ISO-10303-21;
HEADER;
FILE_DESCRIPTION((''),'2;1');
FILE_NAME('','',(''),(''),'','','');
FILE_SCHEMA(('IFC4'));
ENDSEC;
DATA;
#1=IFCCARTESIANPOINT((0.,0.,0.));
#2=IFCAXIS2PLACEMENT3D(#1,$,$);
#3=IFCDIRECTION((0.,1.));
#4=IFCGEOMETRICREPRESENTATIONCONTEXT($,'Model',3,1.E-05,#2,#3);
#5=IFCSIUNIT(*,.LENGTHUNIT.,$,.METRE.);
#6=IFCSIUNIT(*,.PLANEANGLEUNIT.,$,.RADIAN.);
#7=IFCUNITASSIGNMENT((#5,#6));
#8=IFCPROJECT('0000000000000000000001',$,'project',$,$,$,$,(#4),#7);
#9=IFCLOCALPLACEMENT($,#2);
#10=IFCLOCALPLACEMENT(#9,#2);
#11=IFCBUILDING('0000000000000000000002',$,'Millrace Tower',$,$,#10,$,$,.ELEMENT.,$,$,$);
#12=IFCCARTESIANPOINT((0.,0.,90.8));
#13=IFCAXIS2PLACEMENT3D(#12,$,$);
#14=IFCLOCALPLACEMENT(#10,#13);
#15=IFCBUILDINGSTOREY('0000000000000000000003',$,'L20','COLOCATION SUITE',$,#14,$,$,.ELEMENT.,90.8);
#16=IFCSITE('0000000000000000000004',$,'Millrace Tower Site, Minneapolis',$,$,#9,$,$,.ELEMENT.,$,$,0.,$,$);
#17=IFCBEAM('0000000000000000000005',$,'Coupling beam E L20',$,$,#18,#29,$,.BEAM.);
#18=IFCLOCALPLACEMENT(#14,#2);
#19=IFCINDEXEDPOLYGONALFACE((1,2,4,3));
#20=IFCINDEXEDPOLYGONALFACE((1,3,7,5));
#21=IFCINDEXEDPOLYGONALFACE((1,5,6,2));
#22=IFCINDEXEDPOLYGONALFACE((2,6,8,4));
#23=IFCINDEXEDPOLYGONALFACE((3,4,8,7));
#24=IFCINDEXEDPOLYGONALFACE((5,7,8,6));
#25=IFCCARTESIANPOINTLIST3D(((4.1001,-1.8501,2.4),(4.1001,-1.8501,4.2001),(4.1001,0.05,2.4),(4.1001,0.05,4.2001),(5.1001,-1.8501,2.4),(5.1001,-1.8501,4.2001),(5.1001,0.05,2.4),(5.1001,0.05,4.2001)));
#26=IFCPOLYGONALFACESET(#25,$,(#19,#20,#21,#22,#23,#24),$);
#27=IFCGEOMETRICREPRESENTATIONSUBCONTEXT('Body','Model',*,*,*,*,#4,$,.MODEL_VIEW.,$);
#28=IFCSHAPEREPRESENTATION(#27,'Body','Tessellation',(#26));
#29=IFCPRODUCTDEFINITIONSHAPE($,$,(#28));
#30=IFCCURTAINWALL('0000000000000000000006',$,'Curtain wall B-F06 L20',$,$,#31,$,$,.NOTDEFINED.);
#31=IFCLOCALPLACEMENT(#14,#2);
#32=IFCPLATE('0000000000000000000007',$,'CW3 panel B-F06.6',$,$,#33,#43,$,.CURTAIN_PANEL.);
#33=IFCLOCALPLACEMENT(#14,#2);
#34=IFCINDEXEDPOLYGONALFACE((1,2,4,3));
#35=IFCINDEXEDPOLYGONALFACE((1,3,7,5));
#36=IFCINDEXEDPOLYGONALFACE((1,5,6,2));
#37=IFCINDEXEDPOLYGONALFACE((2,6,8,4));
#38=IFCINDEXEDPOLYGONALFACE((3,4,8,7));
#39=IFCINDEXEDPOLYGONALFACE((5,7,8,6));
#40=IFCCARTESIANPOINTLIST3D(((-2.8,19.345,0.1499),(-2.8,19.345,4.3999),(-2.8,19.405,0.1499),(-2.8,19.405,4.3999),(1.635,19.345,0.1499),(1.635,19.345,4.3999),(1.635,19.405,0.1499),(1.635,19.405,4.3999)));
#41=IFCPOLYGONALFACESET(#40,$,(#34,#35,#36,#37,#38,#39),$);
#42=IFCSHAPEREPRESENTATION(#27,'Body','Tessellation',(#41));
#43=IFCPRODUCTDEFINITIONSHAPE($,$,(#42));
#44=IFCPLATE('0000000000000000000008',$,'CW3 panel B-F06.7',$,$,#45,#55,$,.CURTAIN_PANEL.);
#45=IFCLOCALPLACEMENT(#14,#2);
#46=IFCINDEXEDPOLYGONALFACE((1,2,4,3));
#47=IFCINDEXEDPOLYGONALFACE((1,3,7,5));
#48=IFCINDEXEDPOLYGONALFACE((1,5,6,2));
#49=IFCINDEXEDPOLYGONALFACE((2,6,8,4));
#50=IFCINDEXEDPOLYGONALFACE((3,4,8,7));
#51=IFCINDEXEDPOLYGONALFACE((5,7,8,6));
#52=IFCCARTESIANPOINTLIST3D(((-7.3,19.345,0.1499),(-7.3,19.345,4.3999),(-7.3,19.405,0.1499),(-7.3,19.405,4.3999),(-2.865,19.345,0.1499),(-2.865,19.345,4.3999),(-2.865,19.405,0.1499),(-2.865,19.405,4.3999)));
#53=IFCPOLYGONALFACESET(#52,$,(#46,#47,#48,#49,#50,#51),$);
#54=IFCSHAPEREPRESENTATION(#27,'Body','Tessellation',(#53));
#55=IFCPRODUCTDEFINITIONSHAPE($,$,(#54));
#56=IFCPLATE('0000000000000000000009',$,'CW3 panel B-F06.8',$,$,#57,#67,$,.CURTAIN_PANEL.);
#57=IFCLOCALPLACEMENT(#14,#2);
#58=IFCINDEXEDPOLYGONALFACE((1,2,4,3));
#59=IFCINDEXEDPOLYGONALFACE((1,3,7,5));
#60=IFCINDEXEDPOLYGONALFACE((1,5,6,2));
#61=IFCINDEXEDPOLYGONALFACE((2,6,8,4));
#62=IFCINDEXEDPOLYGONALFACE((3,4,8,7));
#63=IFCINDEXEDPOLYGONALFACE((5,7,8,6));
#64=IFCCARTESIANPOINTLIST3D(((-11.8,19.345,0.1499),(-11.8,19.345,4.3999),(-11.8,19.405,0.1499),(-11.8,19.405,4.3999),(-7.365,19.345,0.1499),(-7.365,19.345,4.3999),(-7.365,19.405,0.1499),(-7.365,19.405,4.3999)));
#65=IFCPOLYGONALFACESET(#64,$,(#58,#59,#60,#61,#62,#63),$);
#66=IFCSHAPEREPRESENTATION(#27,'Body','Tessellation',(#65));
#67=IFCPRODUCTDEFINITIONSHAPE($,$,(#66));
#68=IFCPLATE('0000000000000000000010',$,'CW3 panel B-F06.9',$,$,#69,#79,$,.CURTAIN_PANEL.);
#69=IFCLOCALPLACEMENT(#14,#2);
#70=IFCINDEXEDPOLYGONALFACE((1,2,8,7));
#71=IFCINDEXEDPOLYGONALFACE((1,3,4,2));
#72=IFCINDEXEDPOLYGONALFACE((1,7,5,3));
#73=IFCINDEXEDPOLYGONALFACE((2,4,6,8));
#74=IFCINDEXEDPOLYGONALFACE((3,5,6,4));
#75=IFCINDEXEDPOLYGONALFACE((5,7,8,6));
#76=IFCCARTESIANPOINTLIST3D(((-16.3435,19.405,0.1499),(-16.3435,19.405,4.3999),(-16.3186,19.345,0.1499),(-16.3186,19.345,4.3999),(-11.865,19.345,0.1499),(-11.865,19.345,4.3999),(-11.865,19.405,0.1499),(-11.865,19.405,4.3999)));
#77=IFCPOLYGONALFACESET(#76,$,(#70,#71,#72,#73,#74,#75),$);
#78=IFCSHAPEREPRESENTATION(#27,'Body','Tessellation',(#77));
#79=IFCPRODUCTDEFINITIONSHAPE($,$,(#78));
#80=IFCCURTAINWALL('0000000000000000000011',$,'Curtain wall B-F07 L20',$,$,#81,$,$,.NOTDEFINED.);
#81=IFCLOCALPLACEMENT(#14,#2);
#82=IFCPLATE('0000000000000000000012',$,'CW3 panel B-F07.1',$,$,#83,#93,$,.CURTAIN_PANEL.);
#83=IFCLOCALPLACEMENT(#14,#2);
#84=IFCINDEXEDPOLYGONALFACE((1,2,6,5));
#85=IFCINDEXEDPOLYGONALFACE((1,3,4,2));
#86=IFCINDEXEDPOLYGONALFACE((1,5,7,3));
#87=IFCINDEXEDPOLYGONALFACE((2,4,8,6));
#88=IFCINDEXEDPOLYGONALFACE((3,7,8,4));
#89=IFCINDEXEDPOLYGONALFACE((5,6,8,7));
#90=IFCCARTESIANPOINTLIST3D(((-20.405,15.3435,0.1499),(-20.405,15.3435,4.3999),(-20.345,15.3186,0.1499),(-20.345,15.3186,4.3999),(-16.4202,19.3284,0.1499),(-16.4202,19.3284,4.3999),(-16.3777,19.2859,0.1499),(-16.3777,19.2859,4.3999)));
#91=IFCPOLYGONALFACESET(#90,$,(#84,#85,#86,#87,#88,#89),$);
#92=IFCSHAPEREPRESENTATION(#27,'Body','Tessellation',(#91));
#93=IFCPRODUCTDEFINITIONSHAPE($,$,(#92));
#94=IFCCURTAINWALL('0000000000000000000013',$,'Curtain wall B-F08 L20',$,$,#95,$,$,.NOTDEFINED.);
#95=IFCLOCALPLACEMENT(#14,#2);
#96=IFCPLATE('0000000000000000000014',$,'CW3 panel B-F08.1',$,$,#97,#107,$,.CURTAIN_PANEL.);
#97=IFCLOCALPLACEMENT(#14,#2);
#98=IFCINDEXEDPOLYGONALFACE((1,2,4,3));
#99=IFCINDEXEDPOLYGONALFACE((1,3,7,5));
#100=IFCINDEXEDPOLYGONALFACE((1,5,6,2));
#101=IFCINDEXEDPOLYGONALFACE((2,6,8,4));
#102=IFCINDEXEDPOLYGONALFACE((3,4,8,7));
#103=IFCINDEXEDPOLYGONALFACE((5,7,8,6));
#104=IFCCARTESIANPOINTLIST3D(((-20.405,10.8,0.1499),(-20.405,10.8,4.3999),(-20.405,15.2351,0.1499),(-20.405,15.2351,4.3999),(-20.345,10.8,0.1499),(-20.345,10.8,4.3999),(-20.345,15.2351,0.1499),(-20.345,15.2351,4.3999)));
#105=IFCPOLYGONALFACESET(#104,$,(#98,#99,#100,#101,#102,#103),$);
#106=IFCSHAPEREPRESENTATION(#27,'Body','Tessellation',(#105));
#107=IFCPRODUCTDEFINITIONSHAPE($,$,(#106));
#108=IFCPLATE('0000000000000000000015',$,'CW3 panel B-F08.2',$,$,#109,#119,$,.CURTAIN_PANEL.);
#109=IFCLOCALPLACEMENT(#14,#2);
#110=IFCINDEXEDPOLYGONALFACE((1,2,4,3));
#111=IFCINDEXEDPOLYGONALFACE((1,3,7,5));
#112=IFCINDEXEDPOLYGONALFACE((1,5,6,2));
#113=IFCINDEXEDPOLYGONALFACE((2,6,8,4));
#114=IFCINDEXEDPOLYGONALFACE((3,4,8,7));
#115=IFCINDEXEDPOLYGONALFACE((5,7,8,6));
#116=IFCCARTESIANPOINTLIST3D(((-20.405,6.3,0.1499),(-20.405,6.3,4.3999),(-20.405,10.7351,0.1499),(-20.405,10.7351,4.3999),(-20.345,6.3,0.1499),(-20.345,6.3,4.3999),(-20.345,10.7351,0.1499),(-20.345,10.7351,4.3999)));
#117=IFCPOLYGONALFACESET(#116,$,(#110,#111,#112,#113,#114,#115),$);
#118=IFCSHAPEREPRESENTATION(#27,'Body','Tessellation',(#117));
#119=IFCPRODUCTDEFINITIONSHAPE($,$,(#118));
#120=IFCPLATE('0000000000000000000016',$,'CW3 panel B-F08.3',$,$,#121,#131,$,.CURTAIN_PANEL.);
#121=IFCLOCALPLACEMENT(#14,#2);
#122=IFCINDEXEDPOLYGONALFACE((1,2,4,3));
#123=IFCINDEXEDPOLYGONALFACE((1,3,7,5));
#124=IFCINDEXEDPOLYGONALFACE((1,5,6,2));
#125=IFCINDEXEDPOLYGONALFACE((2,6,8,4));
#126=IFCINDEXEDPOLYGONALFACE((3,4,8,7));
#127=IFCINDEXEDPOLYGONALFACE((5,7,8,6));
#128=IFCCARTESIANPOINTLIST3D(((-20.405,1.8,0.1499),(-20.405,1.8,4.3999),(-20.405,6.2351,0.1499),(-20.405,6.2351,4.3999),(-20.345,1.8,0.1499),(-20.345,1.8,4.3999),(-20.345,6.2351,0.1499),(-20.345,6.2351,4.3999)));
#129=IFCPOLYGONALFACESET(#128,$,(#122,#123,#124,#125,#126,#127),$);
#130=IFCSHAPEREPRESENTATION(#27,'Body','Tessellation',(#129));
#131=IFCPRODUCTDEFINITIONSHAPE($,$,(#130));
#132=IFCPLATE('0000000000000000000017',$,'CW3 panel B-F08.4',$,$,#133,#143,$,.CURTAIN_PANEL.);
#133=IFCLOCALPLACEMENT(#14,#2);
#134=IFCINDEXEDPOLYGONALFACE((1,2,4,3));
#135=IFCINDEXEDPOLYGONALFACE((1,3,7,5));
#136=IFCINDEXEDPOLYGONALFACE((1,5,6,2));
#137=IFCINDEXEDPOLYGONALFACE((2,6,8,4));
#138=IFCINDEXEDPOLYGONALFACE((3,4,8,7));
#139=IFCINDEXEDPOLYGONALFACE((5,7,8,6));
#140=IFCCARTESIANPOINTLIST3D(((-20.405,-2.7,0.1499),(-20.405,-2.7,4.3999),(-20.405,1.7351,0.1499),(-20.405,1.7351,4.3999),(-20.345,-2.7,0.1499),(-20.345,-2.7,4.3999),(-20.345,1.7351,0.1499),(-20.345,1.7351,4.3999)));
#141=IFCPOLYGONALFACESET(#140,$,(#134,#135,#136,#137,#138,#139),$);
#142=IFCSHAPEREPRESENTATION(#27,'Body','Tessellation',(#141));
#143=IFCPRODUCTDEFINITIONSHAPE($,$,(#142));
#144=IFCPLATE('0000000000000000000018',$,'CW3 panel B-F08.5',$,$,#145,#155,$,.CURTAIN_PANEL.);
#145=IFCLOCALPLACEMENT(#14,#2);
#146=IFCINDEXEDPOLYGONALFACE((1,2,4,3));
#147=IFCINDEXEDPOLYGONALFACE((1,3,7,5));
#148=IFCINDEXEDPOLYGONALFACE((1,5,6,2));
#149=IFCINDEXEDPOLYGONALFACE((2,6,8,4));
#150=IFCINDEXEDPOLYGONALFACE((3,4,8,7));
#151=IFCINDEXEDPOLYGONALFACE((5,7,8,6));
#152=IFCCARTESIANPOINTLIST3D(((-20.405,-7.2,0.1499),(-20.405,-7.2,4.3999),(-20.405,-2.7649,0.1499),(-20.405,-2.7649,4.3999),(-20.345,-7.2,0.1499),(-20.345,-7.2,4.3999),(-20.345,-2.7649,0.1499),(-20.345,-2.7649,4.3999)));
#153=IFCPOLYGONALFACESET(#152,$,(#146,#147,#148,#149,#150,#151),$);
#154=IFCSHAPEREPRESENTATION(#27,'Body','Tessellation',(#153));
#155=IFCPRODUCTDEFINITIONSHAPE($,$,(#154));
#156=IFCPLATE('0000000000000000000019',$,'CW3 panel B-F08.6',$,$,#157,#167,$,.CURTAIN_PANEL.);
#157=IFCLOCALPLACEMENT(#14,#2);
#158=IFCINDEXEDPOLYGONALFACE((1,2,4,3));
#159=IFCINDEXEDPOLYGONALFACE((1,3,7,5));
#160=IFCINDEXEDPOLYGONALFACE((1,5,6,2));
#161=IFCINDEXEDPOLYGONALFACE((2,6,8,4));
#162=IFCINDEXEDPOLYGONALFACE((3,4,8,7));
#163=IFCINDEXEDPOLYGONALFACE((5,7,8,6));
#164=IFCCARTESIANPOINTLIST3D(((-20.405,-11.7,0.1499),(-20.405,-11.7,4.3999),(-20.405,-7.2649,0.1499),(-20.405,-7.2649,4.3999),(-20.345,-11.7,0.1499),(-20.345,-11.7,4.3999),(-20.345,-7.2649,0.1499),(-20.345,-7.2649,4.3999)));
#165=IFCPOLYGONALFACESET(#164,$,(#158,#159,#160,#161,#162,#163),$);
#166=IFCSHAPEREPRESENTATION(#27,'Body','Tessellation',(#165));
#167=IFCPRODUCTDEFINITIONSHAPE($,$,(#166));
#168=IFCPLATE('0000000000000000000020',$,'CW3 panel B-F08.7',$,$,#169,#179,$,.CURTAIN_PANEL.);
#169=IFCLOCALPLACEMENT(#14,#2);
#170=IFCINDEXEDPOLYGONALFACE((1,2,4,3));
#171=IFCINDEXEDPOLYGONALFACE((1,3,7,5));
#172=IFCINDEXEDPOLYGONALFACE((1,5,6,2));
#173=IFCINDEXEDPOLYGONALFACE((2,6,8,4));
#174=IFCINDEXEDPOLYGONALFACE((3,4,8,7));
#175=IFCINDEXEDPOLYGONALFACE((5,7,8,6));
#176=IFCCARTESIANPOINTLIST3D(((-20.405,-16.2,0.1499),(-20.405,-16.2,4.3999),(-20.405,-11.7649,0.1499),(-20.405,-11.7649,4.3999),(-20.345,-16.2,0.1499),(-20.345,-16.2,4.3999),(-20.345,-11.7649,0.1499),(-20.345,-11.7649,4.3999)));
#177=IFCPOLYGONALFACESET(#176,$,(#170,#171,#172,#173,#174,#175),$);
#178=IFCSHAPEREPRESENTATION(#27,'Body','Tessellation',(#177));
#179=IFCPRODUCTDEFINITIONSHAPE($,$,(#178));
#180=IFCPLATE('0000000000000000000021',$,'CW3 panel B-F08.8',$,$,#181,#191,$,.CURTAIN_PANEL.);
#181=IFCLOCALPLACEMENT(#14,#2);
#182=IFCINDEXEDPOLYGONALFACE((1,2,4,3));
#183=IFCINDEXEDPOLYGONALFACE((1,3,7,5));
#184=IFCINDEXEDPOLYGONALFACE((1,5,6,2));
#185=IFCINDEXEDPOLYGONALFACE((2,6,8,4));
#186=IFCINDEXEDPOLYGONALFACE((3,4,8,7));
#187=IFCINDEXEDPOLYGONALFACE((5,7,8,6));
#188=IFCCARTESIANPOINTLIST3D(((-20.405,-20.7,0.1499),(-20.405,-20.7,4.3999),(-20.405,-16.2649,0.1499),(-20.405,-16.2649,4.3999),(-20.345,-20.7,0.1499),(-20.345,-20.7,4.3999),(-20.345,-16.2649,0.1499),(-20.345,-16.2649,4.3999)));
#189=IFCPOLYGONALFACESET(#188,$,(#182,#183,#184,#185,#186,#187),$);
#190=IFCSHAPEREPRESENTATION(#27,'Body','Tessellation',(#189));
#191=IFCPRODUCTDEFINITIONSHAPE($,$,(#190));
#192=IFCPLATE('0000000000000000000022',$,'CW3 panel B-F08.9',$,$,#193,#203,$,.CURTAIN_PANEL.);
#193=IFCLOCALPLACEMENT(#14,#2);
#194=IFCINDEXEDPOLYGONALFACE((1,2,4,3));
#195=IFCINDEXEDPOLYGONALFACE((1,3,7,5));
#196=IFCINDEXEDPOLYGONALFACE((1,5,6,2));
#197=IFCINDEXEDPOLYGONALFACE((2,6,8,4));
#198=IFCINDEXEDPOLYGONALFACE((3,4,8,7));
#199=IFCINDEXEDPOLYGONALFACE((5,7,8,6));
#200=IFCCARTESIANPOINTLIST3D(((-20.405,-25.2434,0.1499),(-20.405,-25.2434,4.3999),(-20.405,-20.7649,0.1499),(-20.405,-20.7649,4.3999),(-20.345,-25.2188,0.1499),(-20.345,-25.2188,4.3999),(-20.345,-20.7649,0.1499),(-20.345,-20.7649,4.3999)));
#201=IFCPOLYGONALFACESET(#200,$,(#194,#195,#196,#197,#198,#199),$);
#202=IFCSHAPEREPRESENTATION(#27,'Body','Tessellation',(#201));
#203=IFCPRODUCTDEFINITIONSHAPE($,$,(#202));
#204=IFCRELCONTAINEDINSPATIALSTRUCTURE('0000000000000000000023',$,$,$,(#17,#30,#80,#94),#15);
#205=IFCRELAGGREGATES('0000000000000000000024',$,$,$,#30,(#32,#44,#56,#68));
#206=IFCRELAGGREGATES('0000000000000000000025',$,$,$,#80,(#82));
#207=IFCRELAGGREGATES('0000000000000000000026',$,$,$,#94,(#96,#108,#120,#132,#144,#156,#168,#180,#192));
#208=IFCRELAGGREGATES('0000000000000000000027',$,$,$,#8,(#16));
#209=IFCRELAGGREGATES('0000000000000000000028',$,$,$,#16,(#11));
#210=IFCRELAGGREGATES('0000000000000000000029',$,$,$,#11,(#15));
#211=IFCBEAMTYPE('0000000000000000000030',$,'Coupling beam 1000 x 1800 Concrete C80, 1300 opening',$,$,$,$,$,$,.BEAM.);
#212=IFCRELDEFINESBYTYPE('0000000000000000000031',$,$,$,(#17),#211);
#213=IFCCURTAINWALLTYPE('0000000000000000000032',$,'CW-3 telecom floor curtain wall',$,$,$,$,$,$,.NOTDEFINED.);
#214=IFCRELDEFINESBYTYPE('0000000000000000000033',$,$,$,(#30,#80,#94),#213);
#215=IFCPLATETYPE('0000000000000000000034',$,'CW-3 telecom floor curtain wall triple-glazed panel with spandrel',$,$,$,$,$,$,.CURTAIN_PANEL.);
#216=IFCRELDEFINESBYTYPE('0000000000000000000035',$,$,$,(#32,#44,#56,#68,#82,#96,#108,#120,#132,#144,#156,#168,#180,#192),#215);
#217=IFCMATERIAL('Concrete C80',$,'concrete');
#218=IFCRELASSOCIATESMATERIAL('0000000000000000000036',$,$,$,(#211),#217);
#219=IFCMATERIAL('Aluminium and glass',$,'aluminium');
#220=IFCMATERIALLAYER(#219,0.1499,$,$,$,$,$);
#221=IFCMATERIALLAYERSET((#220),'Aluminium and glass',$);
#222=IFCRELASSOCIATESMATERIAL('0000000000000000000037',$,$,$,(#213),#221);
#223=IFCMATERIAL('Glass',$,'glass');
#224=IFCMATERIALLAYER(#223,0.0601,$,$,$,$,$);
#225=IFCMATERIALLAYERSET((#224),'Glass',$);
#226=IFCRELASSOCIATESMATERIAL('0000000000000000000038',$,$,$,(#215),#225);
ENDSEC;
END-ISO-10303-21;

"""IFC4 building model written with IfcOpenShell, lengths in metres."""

from ifc_helpers import new_model, si_unit, direction, frame, origin, origin_2d, place, context, subcontext, project, spatial, polyline, rectangle, outline, extrude, material, layer, layer_set, material_profile, profile_set, type_object, element, aggregate, save


model = new_model("IFC4")

# Units and contexts
model_context = context("Model", 3, precision=1e-05, world=origin(), true_north=direction((0.0, 1.0)))
body_context = subcontext(model_context, "Body", "Model", "MODEL_VIEW")
ifc_project = project(units=[si_unit("LENGTHUNIT", "METRE"), si_unit("PLANEANGLEUNIT", "RADIAN")], contexts=[model_context])

# Site, building, storey
site_placement = place(None, origin())
site = spatial("IfcSite", under=ifc_project, at=site_placement, Name="Millrace Tower Site, Minneapolis", CompositionType="ELEMENT", RefElevation=0.0)
building_placement = place(site_placement, origin())
building = spatial("IfcBuilding", under=site, at=building_placement, Name="Millrace Tower", CompositionType="ELEMENT")
storey_placement = place(building_placement, frame((0.0, 0.0, 90.8)))
storey = spatial("IfcBuildingStorey", under=building, at=storey_placement, Name="L20", Description="COLOCATION SUITE", CompositionType="ELEMENT", Elevation=90.8)

# Beam
ifc_material_1 = material(Name="Concrete C80", Category="concrete")
ifc_material_profile = material_profile(ifc_material_1, rectangle(XDim=1.0, YDim=1.8, at=origin_2d()))
ifc_profile_set = profile_set([ifc_material_profile], Name="Concrete C80")
beam_type = type_object("IfcBeamType", Name="Coupling beam 1000 x 1800 Concrete C80, 1300 opening", PredefinedType="BEAM", material=ifc_profile_set)
beam_placement = place(storey_placement, frame((4.6001, 0.05, 3.3), z_axis=(0.0, -1.0, 0.0), x_axis=(1.0, 0.0, 0.0)))
element("IfcBeam", 1, at=beam_placement, inside=storey, type_object=beam_type, Name="Coupling beam E L20", PredefinedType="BEAM", context=body_context, shape_type="SweptSolid", body=[
    extrude(rectangle(XDim=1.0, YDim=1.8, at=origin_2d()), origin(), (0.0, 0.0, 1.0), 1.9001),
])

# Curtain wall, plates
ifc_material_2 = material(Name="Aluminium and glass", Category="aluminium")
ifc_layer_1 = layer(ifc_material_2, 0.1499)
ifc_layer_set_1 = layer_set([ifc_layer_1], Name="Aluminium and glass")
curtain_wall_type = type_object("IfcCurtainWallType", Name="CW-3 telecom floor curtain wall", PredefinedType="NOTDEFINED", material=ifc_layer_set_1)
placement_1 = place(storey_placement, origin())
curtain_wall_1 = element("IfcCurtainWall", 2, at=placement_1, inside=storey, type_object=curtain_wall_type, Name="Curtain wall B-F06 L20", PredefinedType="NOTDEFINED")
ifc_material_3 = material(Name="Glass", Category="glass")
ifc_layer_2 = layer(ifc_material_3, 0.0601)
ifc_layer_set_2 = layer_set([ifc_layer_2], Name="Glass")
plate_type = type_object("IfcPlateType", Name="CW-3 telecom floor curtain wall triple-glazed panel with spandrel", PredefinedType="CURTAIN_PANEL", material=ifc_layer_set_2)
placement_2 = place(storey_placement, frame((0.0, 0.0, 0.1499)))
plate_1 = element("IfcPlate", 3, at=placement_2, type_object=plate_type, Name="CW3 panel B-F06.6", PredefinedType="CURTAIN_PANEL", context=body_context, shape_type="SweptSolid", body=[
    extrude(outline(polyline([(1.635, 19.405), (-2.8, 19.405), (-2.8, 19.345), (1.635, 19.345), (1.635, 19.405)])), origin(), (0.0, 0.0, 1.0), 4.25),
])
plate_2 = element("IfcPlate", 4, at=placement_2, type_object=plate_type, Name="CW3 panel B-F06.7", PredefinedType="CURTAIN_PANEL", context=body_context, shape_type="SweptSolid", body=[
    extrude(outline(polyline([(-2.865, 19.405), (-7.3, 19.405), (-7.3, 19.345), (-2.865, 19.345), (-2.865, 19.405)])), origin(), (0.0, 0.0, 1.0), 4.25),
])
plate_3 = element("IfcPlate", 5, at=placement_2, type_object=plate_type, Name="CW3 panel B-F06.8", PredefinedType="CURTAIN_PANEL", context=body_context, shape_type="SweptSolid", body=[
    extrude(outline(polyline([(-7.365, 19.405), (-11.8, 19.405), (-11.8, 19.345), (-7.365, 19.345), (-7.365, 19.405)])), origin(), (0.0, 0.0, 1.0), 4.25),
])
plate_4 = element("IfcPlate", 6, at=placement_2, type_object=plate_type, Name="CW3 panel B-F06.9", PredefinedType="CURTAIN_PANEL", context=body_context, shape_type="SweptSolid", body=[
    extrude(outline(polyline([(-11.865, 19.405), (-16.3435, 19.405), (-16.3186, 19.345), (-11.865, 19.345), (-11.865, 19.405)])), origin(), (0.0, 0.0, 1.0), 4.25),
])
aggregate(curtain_wall_1, [plate_1, plate_2, plate_3, plate_4])

# Curtain wall, plate
curtain_wall_2 = element("IfcCurtainWall", 7, at=placement_1, inside=storey, type_object=curtain_wall_type, Name="Curtain wall B-F07 L20", PredefinedType="NOTDEFINED")
plate_5 = element("IfcPlate", 8, at=placement_2, type_object=plate_type, Name="CW3 panel B-F07.1", PredefinedType="CURTAIN_PANEL", context=body_context, shape_type="SweptSolid", body=[
    extrude(outline(polyline([(-16.4202, 19.3284), (-20.405, 15.3435), (-20.345, 15.3186), (-16.3777, 19.2859), (-16.4202, 19.3284)])), origin(), (0.0, 0.0, 1.0), 4.25),
])
aggregate(curtain_wall_2, [plate_5])

# Curtain wall, plates
curtain_wall_3 = element("IfcCurtainWall", 9, at=placement_1, inside=storey, type_object=curtain_wall_type, Name="Curtain wall B-F08 L20", PredefinedType="NOTDEFINED")
plate_6 = element("IfcPlate", 10, at=placement_2, type_object=plate_type, Name="CW3 panel B-F08.1", PredefinedType="CURTAIN_PANEL", context=body_context, shape_type="SweptSolid", body=[
    extrude(outline(polyline([(-20.405, 15.2351), (-20.405, 10.8), (-20.345, 10.8), (-20.345, 15.2351), (-20.405, 15.2351)])), origin(), (0.0, 0.0, 1.0), 4.25),
])
plate_7 = element("IfcPlate", 11, at=placement_2, type_object=plate_type, Name="CW3 panel B-F08.2", PredefinedType="CURTAIN_PANEL", context=body_context, shape_type="SweptSolid", body=[
    extrude(outline(polyline([(-20.405, 10.7351), (-20.405, 6.3), (-20.345, 6.3), (-20.345, 10.7351), (-20.405, 10.7351)])), origin(), (0.0, 0.0, 1.0), 4.25),
])
plate_8 = element("IfcPlate", 12, at=placement_2, type_object=plate_type, Name="CW3 panel B-F08.3", PredefinedType="CURTAIN_PANEL", context=body_context, shape_type="SweptSolid", body=[
    extrude(outline(polyline([(-20.405, 6.2351), (-20.405, 1.8), (-20.345, 1.8), (-20.345, 6.2351), (-20.405, 6.2351)])), origin(), (0.0, 0.0, 1.0), 4.25),
])
plate_9 = element("IfcPlate", 13, at=placement_2, type_object=plate_type, Name="CW3 panel B-F08.4", PredefinedType="CURTAIN_PANEL", context=body_context, shape_type="SweptSolid", body=[
    extrude(outline(polyline([(-20.405, 1.7351), (-20.405, -2.7), (-20.345, -2.7), (-20.345, 1.7351), (-20.405, 1.7351)])), origin(), (0.0, 0.0, 1.0), 4.25),
])
plate_10 = element("IfcPlate", 14, at=placement_2, type_object=plate_type, Name="CW3 panel B-F08.5", PredefinedType="CURTAIN_PANEL", context=body_context, shape_type="SweptSolid", body=[
    extrude(outline(polyline([(-20.405, -2.7649), (-20.405, -7.2), (-20.345, -7.2), (-20.345, -2.7649), (-20.405, -2.7649)])), origin(), (0.0, 0.0, 1.0), 4.25),
])
plate_11 = element("IfcPlate", 15, at=placement_2, type_object=plate_type, Name="CW3 panel B-F08.6", PredefinedType="CURTAIN_PANEL", context=body_context, shape_type="SweptSolid", body=[
    extrude(outline(polyline([(-20.405, -7.2649), (-20.405, -11.7), (-20.345, -11.7), (-20.345, -7.2649), (-20.405, -7.2649)])), origin(), (0.0, 0.0, 1.0), 4.25),
])
plate_12 = element("IfcPlate", 16, at=placement_2, type_object=plate_type, Name="CW3 panel B-F08.7", PredefinedType="CURTAIN_PANEL", context=body_context, shape_type="SweptSolid", body=[
    extrude(outline(polyline([(-20.405, -11.7649), (-20.405, -16.2), (-20.345, -16.2), (-20.345, -11.7649), (-20.405, -11.7649)])), origin(), (0.0, 0.0, 1.0), 4.25),
])
plate_13 = element("IfcPlate", 17, at=placement_2, type_object=plate_type, Name="CW3 panel B-F08.8", PredefinedType="CURTAIN_PANEL", context=body_context, shape_type="SweptSolid", body=[
    extrude(outline(polyline([(-20.405, -16.2649), (-20.405, -20.7), (-20.345, -20.7), (-20.345, -16.2649), (-20.405, -16.2649)])), origin(), (0.0, 0.0, 1.0), 4.25),
])
plate_14 = element("IfcPlate", 18, at=placement_2, type_object=plate_type, Name="CW3 panel B-F08.9", PredefinedType="CURTAIN_PANEL", context=body_context, shape_type="SweptSolid", body=[
    extrude(outline(polyline([(-20.405, -20.7649), (-20.405, -25.2434), (-20.345, -25.2188), (-20.345, -20.7649), (-20.405, -20.7649)])), origin(), (0.0, 0.0, 1.0), 4.25),
])
aggregate(curtain_wall_3, [plate_6, plate_7, plate_8, plate_9, plate_10, plate_11, plate_12, plate_13, plate_14])

save(model, "model.ifc")
